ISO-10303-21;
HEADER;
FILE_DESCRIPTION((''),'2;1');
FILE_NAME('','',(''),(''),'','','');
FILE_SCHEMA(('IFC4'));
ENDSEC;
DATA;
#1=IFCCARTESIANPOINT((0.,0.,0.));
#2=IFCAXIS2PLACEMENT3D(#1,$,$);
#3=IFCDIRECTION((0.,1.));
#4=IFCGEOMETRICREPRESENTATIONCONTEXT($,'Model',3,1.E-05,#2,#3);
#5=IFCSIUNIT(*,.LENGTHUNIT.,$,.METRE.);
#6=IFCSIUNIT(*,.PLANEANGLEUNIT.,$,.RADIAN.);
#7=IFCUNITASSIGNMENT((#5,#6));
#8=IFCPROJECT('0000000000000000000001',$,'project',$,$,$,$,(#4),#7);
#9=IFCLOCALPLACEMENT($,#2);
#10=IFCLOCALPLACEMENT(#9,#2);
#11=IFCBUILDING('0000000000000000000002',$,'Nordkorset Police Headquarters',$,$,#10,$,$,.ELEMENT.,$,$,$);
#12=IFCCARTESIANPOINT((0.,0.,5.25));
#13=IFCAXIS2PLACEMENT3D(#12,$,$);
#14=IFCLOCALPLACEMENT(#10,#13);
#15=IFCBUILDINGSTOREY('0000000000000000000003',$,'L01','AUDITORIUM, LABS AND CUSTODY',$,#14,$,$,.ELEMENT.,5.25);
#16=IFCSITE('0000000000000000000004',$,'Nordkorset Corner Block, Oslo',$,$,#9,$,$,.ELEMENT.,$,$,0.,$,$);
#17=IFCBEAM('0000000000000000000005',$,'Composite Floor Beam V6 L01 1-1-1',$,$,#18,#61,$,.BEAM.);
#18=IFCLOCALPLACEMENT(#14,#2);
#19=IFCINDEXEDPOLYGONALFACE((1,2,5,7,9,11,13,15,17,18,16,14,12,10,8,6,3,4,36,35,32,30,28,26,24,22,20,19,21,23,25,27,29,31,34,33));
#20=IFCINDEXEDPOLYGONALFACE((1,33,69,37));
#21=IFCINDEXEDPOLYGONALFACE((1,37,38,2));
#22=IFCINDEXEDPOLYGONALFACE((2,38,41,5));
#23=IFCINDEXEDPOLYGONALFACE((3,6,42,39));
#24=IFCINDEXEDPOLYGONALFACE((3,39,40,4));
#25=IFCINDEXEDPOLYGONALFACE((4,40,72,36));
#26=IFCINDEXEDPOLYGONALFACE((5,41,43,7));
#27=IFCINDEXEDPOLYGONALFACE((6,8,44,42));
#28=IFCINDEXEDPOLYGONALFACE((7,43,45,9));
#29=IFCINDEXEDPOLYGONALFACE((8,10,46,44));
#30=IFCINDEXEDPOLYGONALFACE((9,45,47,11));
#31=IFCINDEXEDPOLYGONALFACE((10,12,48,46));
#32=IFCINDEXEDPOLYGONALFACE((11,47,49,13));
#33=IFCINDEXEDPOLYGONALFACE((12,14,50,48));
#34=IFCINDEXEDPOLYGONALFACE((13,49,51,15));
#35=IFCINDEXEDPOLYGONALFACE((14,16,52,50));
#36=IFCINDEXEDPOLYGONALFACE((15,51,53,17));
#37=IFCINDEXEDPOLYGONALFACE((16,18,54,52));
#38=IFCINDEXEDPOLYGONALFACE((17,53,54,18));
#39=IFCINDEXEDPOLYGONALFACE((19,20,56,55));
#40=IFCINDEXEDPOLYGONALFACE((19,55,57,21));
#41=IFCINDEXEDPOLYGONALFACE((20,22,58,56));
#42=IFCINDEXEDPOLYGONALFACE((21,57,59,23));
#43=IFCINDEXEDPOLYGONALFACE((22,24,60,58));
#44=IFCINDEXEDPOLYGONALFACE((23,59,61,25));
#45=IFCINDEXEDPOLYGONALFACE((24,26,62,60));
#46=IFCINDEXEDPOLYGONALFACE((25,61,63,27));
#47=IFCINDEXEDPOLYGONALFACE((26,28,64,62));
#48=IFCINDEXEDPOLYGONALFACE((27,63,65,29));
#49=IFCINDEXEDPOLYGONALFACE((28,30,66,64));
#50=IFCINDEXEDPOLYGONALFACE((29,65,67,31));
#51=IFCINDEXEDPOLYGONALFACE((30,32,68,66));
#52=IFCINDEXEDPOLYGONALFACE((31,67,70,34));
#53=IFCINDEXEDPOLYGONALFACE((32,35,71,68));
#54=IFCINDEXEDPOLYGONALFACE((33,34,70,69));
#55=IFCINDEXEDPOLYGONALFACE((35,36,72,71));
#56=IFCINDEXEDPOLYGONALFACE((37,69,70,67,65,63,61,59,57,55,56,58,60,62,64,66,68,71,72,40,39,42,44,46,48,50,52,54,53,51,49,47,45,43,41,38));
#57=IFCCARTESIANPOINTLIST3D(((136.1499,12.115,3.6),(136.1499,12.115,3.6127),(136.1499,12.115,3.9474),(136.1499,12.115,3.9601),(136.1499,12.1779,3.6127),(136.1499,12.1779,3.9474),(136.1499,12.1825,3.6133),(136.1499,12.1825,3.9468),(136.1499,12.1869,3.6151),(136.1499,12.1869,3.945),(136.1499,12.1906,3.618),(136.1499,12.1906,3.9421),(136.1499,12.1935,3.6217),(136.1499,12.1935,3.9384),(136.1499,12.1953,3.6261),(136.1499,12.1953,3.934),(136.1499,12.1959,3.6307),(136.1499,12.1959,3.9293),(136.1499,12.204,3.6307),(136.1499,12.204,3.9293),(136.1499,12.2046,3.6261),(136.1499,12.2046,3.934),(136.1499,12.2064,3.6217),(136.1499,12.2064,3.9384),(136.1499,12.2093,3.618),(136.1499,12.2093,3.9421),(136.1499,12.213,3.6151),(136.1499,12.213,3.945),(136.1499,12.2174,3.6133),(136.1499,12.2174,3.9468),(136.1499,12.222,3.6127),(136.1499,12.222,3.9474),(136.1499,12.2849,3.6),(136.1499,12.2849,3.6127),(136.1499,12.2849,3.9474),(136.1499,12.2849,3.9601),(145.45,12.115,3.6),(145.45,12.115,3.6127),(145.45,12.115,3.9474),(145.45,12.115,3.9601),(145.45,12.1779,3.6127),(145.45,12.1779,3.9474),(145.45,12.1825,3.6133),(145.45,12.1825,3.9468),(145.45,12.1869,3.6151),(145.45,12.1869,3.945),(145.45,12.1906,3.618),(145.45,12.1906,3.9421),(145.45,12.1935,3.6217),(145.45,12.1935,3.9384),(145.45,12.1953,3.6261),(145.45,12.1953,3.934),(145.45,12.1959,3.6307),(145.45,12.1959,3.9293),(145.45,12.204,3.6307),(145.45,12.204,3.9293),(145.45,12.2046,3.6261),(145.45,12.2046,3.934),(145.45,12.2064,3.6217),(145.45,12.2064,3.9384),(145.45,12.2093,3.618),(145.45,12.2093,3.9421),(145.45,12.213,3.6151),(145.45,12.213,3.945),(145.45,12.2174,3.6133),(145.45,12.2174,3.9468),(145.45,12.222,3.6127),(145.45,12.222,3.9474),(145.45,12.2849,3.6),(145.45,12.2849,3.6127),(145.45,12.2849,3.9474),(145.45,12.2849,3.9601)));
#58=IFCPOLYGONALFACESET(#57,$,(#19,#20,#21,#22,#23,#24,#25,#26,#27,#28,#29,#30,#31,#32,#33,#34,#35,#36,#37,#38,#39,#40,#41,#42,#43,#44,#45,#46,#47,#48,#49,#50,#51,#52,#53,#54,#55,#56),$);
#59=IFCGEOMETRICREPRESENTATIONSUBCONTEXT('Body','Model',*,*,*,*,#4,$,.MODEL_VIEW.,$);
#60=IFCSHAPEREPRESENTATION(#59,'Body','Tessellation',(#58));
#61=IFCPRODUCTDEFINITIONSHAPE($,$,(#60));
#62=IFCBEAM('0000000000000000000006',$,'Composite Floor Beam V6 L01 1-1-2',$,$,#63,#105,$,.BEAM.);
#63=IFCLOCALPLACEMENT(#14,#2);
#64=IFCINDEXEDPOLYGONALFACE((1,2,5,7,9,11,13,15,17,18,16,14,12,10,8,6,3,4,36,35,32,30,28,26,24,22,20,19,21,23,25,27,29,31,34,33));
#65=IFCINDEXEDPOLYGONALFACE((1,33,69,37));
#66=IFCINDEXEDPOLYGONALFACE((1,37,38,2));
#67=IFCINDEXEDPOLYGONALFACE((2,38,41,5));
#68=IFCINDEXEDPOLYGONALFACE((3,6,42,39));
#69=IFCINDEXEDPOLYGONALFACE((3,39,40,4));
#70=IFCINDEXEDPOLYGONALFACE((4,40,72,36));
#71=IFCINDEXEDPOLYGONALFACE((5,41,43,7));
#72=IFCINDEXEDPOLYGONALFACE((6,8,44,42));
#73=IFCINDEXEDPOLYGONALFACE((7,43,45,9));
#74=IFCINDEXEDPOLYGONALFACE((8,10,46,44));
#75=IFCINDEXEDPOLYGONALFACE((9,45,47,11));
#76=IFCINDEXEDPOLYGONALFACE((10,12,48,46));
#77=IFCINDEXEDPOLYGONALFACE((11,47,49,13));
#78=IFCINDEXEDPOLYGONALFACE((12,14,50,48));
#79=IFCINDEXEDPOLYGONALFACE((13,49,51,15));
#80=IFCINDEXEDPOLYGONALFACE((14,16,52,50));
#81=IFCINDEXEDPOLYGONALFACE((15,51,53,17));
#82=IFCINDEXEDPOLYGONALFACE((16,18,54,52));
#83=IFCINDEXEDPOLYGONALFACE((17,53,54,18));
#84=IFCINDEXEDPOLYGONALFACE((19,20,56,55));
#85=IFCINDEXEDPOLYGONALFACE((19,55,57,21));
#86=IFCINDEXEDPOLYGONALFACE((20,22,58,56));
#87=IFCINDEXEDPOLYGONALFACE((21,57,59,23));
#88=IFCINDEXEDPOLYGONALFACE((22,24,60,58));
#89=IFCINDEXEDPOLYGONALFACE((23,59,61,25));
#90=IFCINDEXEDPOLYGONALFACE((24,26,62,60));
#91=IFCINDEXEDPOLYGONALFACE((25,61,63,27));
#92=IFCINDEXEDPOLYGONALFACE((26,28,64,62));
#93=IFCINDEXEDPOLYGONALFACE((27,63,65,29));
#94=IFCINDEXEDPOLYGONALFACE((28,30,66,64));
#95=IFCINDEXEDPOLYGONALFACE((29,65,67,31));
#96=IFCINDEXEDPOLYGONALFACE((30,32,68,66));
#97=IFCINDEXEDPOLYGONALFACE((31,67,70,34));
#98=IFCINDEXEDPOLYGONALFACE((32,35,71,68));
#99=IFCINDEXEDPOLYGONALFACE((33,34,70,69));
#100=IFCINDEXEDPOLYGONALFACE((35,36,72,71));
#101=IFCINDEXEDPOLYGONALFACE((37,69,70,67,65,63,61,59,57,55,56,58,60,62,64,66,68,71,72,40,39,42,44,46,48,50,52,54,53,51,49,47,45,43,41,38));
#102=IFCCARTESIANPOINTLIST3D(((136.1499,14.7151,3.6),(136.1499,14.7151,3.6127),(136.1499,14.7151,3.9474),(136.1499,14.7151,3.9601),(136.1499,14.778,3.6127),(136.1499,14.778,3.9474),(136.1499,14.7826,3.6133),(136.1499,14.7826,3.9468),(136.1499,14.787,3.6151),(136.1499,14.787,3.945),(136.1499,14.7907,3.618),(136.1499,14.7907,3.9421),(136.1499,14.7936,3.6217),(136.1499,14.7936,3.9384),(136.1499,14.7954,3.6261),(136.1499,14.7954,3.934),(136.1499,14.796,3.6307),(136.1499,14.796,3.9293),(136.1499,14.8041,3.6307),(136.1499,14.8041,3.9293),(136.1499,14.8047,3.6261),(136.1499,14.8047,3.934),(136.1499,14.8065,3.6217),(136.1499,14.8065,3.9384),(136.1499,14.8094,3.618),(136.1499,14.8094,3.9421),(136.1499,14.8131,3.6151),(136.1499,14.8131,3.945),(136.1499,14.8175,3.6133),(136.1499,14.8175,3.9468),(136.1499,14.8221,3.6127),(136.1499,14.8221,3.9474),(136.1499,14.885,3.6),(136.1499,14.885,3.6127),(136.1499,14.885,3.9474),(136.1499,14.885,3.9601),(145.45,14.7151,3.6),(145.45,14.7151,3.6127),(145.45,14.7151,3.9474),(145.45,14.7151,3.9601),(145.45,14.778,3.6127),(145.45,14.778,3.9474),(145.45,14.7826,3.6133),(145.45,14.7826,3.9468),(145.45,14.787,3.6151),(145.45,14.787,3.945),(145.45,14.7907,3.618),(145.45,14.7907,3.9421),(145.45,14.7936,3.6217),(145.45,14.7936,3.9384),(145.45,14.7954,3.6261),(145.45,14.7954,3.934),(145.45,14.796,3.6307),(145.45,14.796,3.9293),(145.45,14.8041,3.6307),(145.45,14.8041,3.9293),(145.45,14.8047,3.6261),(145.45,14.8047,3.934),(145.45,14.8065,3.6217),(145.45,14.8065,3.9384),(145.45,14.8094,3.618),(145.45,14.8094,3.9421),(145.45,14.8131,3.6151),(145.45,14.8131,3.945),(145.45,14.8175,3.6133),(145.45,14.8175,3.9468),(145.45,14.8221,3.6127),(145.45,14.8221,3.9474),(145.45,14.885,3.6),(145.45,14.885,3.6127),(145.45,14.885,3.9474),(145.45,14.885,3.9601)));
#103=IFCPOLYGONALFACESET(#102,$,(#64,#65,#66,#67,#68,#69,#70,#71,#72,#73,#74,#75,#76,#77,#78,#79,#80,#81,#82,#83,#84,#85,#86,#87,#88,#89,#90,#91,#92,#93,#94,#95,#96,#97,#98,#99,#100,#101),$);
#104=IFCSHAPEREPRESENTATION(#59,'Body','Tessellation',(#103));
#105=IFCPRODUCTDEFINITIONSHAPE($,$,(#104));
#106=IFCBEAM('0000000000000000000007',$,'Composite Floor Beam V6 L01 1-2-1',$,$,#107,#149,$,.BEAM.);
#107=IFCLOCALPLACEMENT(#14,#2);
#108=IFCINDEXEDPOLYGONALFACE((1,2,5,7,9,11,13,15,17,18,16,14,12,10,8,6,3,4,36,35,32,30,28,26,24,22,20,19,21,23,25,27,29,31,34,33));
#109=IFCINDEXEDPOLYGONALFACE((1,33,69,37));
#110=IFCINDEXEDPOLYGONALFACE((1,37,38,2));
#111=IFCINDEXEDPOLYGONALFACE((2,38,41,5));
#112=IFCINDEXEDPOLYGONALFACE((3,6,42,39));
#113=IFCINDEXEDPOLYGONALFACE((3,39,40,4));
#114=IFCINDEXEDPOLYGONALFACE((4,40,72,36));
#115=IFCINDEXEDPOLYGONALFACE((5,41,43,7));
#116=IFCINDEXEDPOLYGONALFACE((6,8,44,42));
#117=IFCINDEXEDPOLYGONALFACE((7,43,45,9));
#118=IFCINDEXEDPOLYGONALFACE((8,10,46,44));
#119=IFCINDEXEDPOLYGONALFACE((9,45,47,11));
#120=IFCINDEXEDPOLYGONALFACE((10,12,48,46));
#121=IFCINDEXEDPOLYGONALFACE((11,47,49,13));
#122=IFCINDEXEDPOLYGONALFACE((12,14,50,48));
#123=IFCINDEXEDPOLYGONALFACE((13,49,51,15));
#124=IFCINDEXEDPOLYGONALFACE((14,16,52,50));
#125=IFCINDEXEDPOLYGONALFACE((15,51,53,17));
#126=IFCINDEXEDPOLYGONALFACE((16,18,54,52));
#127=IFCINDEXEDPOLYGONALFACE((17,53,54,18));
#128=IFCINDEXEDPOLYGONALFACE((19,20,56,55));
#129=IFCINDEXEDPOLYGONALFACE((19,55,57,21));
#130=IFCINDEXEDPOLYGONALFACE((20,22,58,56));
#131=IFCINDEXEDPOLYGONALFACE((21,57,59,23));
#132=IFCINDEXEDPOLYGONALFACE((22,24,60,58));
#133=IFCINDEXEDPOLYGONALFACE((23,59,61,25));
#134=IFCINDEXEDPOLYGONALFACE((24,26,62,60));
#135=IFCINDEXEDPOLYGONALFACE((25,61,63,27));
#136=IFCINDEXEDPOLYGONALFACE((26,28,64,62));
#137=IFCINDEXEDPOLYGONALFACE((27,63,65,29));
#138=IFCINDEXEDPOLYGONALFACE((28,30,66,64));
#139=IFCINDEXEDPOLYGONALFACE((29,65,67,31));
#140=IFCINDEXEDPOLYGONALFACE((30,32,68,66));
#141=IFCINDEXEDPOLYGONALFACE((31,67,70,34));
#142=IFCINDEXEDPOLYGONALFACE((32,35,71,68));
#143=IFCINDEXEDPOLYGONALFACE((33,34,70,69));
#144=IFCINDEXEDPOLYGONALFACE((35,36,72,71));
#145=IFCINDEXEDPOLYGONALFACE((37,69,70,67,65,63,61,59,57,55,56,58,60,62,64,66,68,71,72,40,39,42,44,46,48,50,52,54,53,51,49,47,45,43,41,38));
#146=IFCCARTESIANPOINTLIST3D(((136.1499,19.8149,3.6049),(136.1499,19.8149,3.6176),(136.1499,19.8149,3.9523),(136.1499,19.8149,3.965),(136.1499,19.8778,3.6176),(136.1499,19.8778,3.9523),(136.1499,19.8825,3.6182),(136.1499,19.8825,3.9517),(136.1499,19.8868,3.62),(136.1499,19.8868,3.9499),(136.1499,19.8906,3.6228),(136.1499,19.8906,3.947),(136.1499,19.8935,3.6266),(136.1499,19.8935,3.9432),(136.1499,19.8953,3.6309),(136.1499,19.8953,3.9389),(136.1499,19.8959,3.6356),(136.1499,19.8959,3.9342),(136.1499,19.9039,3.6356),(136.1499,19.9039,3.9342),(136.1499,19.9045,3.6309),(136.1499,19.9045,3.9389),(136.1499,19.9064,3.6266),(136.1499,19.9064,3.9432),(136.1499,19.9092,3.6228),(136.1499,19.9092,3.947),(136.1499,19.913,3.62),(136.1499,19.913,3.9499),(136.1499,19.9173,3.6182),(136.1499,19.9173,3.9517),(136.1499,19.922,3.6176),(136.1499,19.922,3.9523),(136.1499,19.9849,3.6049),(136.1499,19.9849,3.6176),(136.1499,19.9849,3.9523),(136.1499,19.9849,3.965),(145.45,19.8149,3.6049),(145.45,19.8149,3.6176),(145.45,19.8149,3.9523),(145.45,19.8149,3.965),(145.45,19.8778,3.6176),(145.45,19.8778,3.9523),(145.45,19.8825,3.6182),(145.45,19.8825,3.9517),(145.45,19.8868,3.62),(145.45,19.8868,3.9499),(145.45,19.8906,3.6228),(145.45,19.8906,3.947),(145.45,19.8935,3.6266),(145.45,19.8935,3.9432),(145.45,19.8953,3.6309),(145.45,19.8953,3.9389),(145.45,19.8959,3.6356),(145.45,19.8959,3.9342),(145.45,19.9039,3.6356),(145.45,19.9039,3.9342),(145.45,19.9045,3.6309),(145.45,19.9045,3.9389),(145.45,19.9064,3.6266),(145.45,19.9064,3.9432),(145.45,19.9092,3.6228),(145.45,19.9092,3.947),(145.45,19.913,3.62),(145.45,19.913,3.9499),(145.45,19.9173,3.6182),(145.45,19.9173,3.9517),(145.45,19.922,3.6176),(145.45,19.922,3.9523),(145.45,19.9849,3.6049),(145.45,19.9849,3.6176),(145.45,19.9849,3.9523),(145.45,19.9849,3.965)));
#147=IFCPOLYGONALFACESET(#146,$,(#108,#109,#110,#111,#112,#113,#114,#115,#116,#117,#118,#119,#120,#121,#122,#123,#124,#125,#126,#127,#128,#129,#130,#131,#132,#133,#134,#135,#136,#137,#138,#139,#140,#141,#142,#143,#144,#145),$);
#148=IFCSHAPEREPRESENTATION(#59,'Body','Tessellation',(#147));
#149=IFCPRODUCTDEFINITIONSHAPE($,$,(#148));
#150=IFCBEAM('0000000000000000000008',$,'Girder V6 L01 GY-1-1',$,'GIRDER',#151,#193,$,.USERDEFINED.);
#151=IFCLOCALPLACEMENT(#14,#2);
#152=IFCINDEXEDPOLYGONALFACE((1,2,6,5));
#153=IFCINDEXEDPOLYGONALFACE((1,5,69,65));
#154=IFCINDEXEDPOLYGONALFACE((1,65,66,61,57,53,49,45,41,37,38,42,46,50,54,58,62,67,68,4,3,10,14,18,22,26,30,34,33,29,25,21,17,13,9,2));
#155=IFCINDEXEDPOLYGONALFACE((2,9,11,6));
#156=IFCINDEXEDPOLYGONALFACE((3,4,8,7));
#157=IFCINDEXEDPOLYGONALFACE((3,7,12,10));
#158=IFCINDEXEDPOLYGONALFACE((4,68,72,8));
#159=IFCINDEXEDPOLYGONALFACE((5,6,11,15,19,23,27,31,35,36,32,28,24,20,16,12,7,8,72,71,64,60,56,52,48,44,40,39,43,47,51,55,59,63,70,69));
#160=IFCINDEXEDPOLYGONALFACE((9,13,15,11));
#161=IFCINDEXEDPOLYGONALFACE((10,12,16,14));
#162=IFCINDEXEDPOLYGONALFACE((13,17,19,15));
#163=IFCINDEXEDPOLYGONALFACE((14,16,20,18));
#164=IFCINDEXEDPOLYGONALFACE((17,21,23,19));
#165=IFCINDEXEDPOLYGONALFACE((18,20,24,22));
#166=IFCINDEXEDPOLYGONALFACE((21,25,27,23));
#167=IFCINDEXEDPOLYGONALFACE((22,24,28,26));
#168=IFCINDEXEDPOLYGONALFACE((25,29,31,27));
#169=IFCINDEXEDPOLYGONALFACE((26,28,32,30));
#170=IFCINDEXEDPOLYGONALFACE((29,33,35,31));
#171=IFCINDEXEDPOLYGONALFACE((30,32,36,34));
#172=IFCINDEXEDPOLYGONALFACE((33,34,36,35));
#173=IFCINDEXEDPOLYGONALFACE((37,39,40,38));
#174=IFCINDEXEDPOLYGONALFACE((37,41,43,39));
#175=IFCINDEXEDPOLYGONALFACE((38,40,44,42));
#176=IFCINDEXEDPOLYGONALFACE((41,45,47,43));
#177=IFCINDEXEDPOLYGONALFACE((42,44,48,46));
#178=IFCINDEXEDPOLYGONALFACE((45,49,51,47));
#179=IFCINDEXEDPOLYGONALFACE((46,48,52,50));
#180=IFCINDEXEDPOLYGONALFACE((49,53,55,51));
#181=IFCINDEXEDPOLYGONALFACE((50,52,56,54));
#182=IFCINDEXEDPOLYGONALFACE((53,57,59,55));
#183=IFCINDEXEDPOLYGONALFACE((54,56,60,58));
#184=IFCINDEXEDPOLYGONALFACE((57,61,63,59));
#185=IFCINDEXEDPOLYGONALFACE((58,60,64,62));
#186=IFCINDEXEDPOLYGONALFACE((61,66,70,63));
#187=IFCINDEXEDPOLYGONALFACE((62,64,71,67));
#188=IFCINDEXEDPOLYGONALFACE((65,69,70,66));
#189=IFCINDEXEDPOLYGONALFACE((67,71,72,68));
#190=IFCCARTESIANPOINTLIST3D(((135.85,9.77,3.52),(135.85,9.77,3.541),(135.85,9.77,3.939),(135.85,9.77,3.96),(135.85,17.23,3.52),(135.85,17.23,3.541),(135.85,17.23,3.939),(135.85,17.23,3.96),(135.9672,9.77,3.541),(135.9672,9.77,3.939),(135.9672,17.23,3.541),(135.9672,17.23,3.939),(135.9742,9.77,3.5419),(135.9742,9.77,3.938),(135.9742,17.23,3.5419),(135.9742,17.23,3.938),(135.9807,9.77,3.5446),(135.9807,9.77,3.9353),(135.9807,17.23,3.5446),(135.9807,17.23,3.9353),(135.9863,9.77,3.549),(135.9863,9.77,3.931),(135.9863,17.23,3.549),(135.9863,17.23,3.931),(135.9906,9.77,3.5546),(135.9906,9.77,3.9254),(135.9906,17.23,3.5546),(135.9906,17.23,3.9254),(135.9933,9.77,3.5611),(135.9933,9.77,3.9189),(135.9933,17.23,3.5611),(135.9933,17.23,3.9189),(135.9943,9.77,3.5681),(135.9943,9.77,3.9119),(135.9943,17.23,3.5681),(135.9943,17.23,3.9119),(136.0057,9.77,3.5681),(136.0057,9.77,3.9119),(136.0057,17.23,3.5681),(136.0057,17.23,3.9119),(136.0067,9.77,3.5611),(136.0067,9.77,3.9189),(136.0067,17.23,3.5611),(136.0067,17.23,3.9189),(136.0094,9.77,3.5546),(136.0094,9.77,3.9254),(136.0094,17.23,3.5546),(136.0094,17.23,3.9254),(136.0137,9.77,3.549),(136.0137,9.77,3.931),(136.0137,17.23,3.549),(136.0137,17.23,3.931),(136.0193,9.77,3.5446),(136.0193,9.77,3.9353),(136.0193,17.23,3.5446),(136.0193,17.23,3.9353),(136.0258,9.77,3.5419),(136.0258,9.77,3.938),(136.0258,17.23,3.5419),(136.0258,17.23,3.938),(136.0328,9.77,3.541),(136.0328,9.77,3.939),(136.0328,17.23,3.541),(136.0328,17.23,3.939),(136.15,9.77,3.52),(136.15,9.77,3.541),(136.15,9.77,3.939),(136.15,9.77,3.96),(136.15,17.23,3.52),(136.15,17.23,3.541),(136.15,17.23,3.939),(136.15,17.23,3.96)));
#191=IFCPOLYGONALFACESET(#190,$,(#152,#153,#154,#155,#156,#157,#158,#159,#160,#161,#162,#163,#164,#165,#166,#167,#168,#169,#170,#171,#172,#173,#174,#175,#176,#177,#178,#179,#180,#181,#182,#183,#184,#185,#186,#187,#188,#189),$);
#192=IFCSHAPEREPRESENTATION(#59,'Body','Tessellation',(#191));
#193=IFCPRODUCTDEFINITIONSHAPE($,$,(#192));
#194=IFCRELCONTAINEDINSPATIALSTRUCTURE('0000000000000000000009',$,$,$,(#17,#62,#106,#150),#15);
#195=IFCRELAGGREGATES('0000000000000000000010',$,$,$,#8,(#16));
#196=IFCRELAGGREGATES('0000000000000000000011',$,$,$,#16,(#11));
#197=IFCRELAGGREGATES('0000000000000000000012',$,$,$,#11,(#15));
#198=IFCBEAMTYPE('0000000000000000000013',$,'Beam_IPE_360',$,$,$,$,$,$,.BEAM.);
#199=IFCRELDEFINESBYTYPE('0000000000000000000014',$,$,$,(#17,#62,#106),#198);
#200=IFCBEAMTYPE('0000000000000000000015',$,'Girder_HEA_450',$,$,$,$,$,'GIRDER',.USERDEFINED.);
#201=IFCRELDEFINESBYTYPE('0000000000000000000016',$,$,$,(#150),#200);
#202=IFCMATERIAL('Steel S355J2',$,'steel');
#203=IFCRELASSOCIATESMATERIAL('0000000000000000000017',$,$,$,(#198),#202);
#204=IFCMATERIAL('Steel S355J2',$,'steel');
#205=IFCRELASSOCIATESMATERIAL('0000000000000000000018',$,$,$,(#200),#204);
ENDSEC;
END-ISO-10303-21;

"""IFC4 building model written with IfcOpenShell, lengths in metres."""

from ifc_helpers import new_model, si_unit, direction, frame, origin, origin_2d, place, context, subcontext, project, spatial, i_section, extrude, material, material_profile, profile_set, type_object, element, save


model = new_model("IFC4")

# Units and contexts
model_context = context("Model", 3, precision=1e-05, world=origin(), true_north=direction((0.0, 1.0)))
body_context = subcontext(model_context, "Body", "Model", "MODEL_VIEW")
ifc_project = project(units=[si_unit("LENGTHUNIT", "METRE"), si_unit("PLANEANGLEUNIT", "RADIAN")], contexts=[model_context])

# Site, building, storey
site_placement = place(None, origin())
site = spatial("IfcSite", under=ifc_project, at=site_placement, Name="Nordkorset Corner Block, Oslo", CompositionType="ELEMENT", RefElevation=0.0)
building_placement = place(site_placement, origin())
building = spatial("IfcBuilding", under=site, at=building_placement, Name="Nordkorset Police Headquarters", CompositionType="ELEMENT")
storey_placement = place(building_placement, frame((0.0, 0.0, 5.25)))
storey = spatial("IfcBuildingStorey", under=building, at=storey_placement, Name="L01", Description="AUDITORIUM, LABS AND CUSTODY", CompositionType="ELEMENT", Elevation=5.25)

# Beams
ifc_material_1 = material(Name="Steel S355J2", Category="steel")
ifc_material_profile_1 = material_profile(ifc_material_1, i_section(OverallWidth=0.1699, OverallDepth=0.3601, WebThickness=0.0081, FlangeThickness=0.0127, FilletRadius=0.0181, at=origin_2d()), Name="IPE 360")
ifc_profile_set_1 = profile_set([ifc_material_profile_1], Name="Steel S355J2")
beam_type_1 = type_object("IfcBeamType", Name="Beam_IPE_360", PredefinedType="BEAM", material=ifc_profile_set_1)
for number, where, z_axis, x_axis, name in (
    (1, (136.1499, 12.2, 3.78), (1.0, 0.0, 0.0), (0.0, 1.0, 0.0), "Composite Floor Beam V6 L01 1-1-1"),
    (2, (136.1499, 14.8, 3.78), (1.0, 0.0, 0.0), (0.0, 1.0, 0.0), "Composite Floor Beam V6 L01 1-1-2"),
    (3, (136.1499, 19.8999, 3.7849), (1.0, 0.0, 0.0), (0.0, 1.0, 0.0), "Composite Floor Beam V6 L01 1-2-1"),
):
    element("IfcBeam", number, at=place(storey_placement, frame(where, z_axis=z_axis, x_axis=x_axis)), inside=storey, type_object=beam_type_1, Name=name, PredefinedType="BEAM", context=body_context, shape_type="SweptSolid", body=[
        extrude(i_section(OverallWidth=0.1699, OverallDepth=0.3601, WebThickness=0.0081, FlangeThickness=0.0127, FilletRadius=0.0181, at=origin_2d()), origin(), (0.0, 0.0, 1.0), 9.3),
    ])
ifc_material_2 = material(Name="Steel S355J2", Category="steel")
ifc_material_profile_2 = material_profile(ifc_material_2, i_section(OverallWidth=0.3, OverallDepth=0.4399, WebThickness=0.0115, FlangeThickness=0.021, FilletRadius=0.0271, at=origin_2d()), Name="HEA 450")
ifc_profile_set_2 = profile_set([ifc_material_profile_2], Name="Steel S355J2")
beam_type_2 = type_object("IfcBeamType", Name="Girder_HEA_450", ElementType="GIRDER", PredefinedType="USERDEFINED", material=ifc_profile_set_2)
beam_1_placement = place(storey_placement, frame((136.0, 9.77, 3.74), z_axis=(0.0, 1.0, 0.0), x_axis=(-1.0, 0.0, 0.0)))
element("IfcBeam", 4, at=beam_1_placement, inside=storey, type_object=beam_type_2, Name="Girder V6 L01 GY-1-1", ObjectType="GIRDER", PredefinedType="USERDEFINED", context=body_context, shape_type="SweptSolid", body=[
    extrude(i_section(OverallWidth=0.3, OverallDepth=0.4399, WebThickness=0.0115, FlangeThickness=0.021, FilletRadius=0.0271, at=origin_2d()), origin(), (0.0, 0.0, 1.0), 7.46),
])

save(model, "model.ifc")
